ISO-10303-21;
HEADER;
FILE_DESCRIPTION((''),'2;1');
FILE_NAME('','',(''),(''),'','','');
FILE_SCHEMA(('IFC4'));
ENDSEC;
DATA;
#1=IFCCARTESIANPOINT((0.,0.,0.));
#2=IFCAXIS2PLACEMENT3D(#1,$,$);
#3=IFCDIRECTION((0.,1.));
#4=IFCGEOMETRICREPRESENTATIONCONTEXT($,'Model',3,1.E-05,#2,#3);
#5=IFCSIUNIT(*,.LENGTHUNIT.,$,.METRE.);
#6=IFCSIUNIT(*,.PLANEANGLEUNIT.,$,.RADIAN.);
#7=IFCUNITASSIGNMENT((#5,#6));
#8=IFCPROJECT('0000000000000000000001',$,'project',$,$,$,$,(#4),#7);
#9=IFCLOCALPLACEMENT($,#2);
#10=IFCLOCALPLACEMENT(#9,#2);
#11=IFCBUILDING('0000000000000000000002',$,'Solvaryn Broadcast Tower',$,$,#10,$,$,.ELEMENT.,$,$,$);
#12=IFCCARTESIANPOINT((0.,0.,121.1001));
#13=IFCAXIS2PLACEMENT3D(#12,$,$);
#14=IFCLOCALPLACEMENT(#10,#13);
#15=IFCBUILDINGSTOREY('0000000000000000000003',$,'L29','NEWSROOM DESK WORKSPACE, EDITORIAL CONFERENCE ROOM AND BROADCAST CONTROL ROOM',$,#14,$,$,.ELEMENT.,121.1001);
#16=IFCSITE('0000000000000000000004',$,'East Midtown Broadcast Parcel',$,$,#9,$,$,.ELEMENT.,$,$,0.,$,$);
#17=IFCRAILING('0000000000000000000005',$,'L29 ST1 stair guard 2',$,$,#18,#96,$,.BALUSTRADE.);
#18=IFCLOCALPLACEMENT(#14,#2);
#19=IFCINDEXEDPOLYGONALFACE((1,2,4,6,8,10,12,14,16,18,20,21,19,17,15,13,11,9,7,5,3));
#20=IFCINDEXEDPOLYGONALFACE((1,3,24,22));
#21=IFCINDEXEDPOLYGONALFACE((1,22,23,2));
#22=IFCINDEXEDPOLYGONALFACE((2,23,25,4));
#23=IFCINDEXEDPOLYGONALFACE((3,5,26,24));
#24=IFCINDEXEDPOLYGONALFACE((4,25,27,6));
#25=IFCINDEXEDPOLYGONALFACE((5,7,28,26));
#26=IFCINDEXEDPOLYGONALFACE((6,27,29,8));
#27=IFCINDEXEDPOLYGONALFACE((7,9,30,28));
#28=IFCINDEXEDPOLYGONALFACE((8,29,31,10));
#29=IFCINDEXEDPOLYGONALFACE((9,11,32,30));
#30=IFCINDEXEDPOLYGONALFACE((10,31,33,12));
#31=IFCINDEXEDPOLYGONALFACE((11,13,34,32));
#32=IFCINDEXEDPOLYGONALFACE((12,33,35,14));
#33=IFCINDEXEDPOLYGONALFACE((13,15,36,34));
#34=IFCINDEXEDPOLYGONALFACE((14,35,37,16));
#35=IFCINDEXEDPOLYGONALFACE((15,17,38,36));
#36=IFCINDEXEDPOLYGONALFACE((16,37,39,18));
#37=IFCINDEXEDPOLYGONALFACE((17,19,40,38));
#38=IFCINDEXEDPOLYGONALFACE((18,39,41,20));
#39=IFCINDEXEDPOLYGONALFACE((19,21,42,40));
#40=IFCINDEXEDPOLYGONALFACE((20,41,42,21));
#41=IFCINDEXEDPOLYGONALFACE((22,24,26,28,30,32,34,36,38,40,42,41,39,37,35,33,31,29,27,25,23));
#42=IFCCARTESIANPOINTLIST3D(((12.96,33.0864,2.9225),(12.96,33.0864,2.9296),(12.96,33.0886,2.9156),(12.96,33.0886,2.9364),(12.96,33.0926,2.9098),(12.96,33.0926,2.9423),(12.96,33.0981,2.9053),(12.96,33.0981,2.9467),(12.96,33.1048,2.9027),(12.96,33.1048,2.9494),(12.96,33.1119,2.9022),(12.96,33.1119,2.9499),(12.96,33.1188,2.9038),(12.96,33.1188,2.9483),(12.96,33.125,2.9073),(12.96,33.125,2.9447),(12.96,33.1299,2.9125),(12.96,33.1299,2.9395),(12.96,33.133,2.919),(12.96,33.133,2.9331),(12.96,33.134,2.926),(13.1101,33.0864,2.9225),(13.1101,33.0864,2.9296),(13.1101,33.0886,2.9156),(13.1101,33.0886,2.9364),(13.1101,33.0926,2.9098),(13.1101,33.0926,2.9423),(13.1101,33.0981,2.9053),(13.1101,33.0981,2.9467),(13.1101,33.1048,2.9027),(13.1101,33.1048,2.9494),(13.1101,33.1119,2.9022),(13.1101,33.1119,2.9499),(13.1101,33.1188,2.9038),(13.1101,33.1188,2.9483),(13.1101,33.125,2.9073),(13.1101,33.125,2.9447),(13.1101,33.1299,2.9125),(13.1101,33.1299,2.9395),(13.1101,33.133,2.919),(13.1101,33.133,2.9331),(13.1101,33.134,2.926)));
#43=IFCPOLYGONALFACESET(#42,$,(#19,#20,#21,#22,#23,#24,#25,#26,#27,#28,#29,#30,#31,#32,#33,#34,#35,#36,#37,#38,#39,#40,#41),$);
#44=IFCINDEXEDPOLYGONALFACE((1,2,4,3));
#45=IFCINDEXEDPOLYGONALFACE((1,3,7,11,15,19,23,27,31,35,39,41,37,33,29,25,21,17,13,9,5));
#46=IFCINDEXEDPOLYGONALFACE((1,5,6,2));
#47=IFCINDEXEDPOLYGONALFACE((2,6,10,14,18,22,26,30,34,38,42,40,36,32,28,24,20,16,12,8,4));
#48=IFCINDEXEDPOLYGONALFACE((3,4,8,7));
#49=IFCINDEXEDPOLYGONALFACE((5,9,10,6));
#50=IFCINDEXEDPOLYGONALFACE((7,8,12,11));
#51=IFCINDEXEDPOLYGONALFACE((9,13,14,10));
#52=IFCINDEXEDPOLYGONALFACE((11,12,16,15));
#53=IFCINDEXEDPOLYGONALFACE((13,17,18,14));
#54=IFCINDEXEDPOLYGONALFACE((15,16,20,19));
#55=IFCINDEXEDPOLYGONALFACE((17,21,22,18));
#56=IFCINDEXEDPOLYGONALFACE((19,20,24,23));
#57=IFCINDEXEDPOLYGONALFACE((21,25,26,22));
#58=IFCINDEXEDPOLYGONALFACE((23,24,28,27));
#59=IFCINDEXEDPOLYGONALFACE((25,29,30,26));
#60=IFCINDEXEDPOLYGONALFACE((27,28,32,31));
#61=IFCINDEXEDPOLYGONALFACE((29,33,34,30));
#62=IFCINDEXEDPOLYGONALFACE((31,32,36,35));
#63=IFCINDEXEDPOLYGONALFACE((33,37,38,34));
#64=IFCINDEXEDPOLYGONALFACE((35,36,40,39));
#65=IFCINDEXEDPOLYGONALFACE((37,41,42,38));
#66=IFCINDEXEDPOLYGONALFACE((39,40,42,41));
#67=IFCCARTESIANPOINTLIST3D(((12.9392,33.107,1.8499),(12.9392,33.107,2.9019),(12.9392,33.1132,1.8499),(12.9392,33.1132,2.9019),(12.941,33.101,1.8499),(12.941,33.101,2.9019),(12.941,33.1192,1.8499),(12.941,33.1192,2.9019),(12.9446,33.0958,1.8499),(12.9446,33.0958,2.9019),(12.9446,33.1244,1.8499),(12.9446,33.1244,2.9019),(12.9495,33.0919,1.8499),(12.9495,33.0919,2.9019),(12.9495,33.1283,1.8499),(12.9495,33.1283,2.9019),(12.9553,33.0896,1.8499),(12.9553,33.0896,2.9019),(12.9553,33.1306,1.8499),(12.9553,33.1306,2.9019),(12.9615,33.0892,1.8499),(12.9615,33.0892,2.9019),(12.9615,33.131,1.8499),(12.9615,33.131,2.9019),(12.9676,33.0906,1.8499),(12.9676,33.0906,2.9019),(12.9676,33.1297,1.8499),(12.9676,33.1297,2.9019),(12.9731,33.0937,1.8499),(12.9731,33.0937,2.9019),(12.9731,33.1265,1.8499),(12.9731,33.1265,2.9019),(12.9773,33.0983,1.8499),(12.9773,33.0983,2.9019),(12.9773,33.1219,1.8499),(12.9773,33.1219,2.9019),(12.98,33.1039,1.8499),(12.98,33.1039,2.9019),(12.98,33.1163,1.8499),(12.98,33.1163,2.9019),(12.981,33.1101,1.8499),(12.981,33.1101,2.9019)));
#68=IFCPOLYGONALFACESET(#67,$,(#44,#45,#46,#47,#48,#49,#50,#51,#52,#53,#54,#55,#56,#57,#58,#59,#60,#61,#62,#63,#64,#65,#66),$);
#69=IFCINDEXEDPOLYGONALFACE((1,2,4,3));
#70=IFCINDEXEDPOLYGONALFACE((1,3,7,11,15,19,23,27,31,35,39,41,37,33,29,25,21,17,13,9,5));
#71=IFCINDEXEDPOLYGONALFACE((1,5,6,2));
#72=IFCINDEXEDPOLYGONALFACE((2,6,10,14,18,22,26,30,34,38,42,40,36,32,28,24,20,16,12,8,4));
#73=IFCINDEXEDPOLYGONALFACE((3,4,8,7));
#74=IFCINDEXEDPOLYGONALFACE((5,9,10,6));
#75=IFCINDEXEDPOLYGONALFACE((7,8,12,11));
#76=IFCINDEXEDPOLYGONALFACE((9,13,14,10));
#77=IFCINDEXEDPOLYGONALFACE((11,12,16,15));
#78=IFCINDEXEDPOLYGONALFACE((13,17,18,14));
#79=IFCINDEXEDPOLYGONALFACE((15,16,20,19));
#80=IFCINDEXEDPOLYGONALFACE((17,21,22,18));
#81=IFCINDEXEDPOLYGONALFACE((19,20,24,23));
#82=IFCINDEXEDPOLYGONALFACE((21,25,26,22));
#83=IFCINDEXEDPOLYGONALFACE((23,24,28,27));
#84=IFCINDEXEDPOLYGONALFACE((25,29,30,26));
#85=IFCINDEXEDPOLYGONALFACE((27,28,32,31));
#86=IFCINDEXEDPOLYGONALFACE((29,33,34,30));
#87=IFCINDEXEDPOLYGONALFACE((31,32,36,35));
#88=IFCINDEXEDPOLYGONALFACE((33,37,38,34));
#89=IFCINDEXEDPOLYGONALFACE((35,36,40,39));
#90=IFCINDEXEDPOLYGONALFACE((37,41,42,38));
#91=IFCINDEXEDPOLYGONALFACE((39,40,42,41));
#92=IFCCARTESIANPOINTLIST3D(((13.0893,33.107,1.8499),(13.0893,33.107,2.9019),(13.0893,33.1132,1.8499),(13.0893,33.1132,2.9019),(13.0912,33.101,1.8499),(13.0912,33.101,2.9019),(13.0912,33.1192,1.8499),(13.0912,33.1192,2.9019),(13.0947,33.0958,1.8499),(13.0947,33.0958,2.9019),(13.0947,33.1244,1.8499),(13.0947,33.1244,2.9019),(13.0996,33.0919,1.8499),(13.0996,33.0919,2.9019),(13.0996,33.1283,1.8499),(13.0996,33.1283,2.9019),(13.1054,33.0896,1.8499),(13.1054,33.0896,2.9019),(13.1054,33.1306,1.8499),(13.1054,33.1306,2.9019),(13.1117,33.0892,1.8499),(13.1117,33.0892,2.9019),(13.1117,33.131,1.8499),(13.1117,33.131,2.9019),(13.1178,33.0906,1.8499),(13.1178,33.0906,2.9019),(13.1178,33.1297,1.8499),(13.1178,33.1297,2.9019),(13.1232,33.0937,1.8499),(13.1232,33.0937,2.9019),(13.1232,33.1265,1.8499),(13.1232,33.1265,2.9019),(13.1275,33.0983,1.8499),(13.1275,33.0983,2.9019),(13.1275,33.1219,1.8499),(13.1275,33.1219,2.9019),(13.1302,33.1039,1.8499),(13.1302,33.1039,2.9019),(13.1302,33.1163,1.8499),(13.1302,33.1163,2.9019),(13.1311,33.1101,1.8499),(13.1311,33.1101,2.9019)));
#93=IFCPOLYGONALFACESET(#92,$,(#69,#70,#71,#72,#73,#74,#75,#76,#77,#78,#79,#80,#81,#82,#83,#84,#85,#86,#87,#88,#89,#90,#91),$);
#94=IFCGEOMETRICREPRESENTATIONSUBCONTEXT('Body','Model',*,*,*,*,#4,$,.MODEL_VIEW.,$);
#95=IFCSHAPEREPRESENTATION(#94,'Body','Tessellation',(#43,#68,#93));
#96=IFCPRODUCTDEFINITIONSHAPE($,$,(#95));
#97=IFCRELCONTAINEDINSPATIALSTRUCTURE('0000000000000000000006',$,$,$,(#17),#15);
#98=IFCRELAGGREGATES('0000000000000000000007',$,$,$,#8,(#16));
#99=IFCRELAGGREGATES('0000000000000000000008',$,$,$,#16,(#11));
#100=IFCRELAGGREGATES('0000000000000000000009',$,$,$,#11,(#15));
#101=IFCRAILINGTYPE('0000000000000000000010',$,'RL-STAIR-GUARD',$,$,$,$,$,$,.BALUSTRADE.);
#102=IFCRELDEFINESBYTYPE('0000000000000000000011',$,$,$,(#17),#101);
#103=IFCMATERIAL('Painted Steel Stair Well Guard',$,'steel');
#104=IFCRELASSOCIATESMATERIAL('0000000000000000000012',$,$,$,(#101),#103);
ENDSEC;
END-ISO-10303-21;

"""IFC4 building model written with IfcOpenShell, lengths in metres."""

from ifc_helpers import new_model, si_unit, direction, frame, origin, origin_2d, place, context, subcontext, project, spatial, circle, extrude, material, type_object, element, save


model = new_model("IFC4")

# Units and contexts
model_context = context("Model", 3, precision=1e-05, world=origin(), true_north=direction((0.0, 1.0)))
body_context = subcontext(model_context, "Body", "Model", "MODEL_VIEW")
ifc_project = project(units=[si_unit("LENGTHUNIT", "METRE"), si_unit("PLANEANGLEUNIT", "RADIAN")], contexts=[model_context])

# Site, building, storey
site_placement = place(None, origin())
site = spatial("IfcSite", under=ifc_project, at=site_placement, Name="East Midtown Broadcast Parcel", CompositionType="ELEMENT", RefElevation=0.0)
building_placement = place(site_placement, origin())
building = spatial("IfcBuilding", under=site, at=building_placement, Name="Solvaryn Broadcast Tower", CompositionType="ELEMENT")
storey_placement = place(building_placement, frame((0.0, 0.0, 121.1001)))
storey = spatial("IfcBuildingStorey", under=building, at=storey_placement, Name="L29", Description="NEWSROOM DESK WORKSPACE, EDITORIAL CONFERENCE ROOM AND BROADCAST CONTROL ROOM", CompositionType="ELEMENT", Elevation=121.1001)

# Railing
ifc_material_1 = material(Name="Painted Steel Stair Well Guard", Category="steel")
railing_type_1 = type_object("IfcRailingType", Name="RL-STAIR-GUARD", PredefinedType="BALUSTRADE", material=ifc_material_1)
railing_1_placement = place(storey_placement, frame((12.96, 33.1101, 1.8499)))
element("IfcRailing", 1, at=railing_1_placement, inside=storey, type_object=railing_type_1, Name="L29 ST1 stair guard 2", PredefinedType="BALUSTRADE", context=body_context, shape_type="SweptSolid", body=[
    extrude(circle(Radius=0.0239, at=origin_2d()), frame((0.0, 0.0, 1.0762), z_axis=(1.0, 0.0, 0.0), x_axis=(0.0, 1.0, 0.0)), (0.0, 0.0, 1.0), 0.1501),
    extrude(circle(Radius=0.021, at=origin_2d()), origin(), (0.0, 0.0, 1.0), 1.052),
    extrude(circle(Radius=0.021, at=origin_2d()), frame((0.1501, 0.0, 0.0)), (0.0, 0.0, 1.0), 1.052),
])

save(model, "model.ifc")
